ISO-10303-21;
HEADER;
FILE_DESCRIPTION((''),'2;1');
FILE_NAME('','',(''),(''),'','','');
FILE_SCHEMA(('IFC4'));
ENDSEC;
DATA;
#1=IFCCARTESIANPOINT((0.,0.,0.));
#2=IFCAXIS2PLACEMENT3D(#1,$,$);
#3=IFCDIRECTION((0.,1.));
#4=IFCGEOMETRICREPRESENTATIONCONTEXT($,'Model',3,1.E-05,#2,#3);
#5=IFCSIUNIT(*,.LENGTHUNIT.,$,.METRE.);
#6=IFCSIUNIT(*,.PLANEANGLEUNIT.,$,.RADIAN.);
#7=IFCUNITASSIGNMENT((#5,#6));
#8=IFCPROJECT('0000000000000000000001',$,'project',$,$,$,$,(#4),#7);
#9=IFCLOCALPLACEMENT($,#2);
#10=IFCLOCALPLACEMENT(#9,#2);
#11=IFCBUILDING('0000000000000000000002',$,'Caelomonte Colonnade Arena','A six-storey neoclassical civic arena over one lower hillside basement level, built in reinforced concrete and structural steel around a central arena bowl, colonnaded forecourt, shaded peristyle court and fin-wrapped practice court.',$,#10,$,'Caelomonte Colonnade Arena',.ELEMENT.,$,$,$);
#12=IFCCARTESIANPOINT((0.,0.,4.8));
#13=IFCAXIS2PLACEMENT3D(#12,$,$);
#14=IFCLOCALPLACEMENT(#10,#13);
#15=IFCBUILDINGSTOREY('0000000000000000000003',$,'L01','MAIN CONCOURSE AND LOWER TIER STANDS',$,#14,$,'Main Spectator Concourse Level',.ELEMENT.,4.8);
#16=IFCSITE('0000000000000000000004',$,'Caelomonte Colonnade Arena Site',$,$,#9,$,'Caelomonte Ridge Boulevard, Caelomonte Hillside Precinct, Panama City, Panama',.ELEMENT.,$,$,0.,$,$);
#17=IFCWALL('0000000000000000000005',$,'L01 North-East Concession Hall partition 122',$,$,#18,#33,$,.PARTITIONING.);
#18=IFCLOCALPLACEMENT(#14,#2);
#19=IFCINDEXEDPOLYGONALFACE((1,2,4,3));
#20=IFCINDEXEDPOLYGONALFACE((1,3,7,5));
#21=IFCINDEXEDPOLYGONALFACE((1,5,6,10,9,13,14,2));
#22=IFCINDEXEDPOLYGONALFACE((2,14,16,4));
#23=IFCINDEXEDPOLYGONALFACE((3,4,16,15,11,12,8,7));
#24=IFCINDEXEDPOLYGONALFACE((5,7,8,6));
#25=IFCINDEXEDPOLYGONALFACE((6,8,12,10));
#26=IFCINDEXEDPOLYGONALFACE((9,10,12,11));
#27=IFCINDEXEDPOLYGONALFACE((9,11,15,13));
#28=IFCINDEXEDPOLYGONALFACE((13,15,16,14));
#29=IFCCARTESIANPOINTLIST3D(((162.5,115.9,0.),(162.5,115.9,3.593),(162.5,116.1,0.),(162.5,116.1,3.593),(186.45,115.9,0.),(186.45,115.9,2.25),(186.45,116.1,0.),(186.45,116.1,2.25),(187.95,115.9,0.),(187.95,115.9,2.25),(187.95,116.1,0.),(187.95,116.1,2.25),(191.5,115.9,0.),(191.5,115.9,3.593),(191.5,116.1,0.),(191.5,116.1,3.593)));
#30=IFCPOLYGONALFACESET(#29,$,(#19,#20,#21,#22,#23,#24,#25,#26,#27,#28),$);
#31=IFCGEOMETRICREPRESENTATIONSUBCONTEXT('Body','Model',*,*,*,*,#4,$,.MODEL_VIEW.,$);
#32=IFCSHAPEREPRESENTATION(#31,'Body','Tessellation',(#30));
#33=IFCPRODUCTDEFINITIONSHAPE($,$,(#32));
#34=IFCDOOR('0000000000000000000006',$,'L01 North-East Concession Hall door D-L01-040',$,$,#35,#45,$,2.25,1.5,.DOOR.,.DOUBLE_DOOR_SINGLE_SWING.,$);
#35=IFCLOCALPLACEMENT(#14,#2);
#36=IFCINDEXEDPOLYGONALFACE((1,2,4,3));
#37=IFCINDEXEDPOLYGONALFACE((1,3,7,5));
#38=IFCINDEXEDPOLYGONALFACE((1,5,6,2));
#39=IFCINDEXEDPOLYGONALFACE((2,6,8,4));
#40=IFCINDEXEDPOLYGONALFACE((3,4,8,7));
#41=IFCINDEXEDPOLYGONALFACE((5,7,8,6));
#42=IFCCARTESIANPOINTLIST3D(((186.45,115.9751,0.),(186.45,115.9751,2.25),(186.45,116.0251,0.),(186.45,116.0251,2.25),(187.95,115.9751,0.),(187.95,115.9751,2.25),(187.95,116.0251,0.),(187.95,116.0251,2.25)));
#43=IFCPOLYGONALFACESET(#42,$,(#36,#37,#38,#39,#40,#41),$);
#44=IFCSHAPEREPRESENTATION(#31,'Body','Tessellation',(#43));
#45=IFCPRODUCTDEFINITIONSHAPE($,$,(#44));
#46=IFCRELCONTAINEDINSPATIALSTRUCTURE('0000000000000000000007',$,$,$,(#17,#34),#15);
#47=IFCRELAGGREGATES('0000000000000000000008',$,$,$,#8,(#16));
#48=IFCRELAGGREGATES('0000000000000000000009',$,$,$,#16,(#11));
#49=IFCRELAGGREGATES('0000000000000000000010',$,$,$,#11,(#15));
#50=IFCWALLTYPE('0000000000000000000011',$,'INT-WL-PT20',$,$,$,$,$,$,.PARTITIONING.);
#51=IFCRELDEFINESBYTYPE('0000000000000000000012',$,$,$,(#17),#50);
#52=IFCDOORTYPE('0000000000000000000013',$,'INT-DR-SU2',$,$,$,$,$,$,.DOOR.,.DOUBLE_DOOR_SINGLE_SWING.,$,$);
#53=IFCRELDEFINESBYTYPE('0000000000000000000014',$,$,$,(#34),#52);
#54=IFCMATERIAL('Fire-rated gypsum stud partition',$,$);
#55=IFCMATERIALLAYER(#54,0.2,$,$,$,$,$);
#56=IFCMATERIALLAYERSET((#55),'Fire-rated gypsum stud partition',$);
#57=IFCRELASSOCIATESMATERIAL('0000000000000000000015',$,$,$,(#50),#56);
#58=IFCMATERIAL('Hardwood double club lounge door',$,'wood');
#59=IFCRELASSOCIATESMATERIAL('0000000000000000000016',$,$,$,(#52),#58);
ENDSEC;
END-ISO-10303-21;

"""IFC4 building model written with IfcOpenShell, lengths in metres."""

from ifc_helpers import new_model, si_unit, direction, frame, frame_2d, origin, place, context, subcontext, project, spatial, rectangle, extrude, material, layer, layer_set, type_object, element, fill, save


model = new_model("IFC4")

# Units and contexts
model_context = context("Model", 3, precision=1e-05, world=origin(), true_north=direction((0.0, 1.0)))
body_context = subcontext(model_context, "Body", "Model", "MODEL_VIEW")
ifc_project = project(units=[si_unit("LENGTHUNIT", "METRE"), si_unit("PLANEANGLEUNIT", "RADIAN")], contexts=[model_context])

# Site, building, storey
site_placement = place(None, origin())
site = spatial("IfcSite", under=ifc_project, at=site_placement, Name="Caelomonte Colonnade Arena Site", LongName="Caelomonte Ridge Boulevard, Caelomonte Hillside Precinct, Panama City, Panama", CompositionType="ELEMENT", RefElevation=0.0)
building_placement = place(site_placement, origin())
building = spatial("IfcBuilding", under=site, at=building_placement, Name="Caelomonte Colonnade Arena", Description="A six-storey neoclassical civic arena over one lower hillside basement level, built in reinforced concrete and structural steel around a central arena bowl, colonnaded forecourt, shaded peristyle court and fin-wrapped practice court.", LongName="Caelomonte Colonnade Arena", CompositionType="ELEMENT")
storey_placement = place(building_placement, frame((0.0, 0.0, 4.8)))
storey = spatial("IfcBuildingStorey", under=building, at=storey_placement, Name="L01", Description="MAIN CONCOURSE AND LOWER TIER STANDS", LongName="Main Spectator Concourse Level", CompositionType="ELEMENT", Elevation=4.8)

# Wall, opening, door
ifc_material_1 = material(Name="Fire-rated gypsum stud partition")
ifc_layer_1 = layer(ifc_material_1, 0.2)
ifc_layer_set_1 = layer_set([ifc_layer_1], Name="Fire-rated gypsum stud partition")
wall_type_1 = type_object("IfcWallType", Name="INT-WL-PT20", PredefinedType="PARTITIONING", material=ifc_layer_set_1)
wall_1_placement = place(storey_placement, frame((191.5, 116.0, 0.0), z_axis=(0.0, 0.0, 1.0), x_axis=(-1.0, 0.0, 0.0)))
wall_1 = element("IfcWall", 1, at=wall_1_placement, inside=storey, type_object=wall_type_1, Name="L01 North-East Concession Hall partition 122", PredefinedType="PARTITIONING", context=body_context, shape_type="SweptSolid", body=[
    extrude(rectangle(XDim=29.0, YDim=0.2, at=frame_2d((14.5, 0.0))), origin(), (0.0, 0.0, 1.0), 3.593),
])
opening_1_placement = place(wall_1_placement, frame((3.55, 0.0, 0.0), z_axis=(0.0, 0.0, 1.0), x_axis=(1.0, 0.0, 0.0)))
opening_1 = element("IfcOpeningElement", 2, at=opening_1_placement, cuts=wall_1, PredefinedType="OPENING", context=body_context, shape_type="SweptSolid", body=[
    extrude(rectangle(XDim=1.5, YDim=2.25, at=frame_2d((0.75, 1.125))), frame((0.0, 0.1099, 0.0), z_axis=(0.0, -1.0, 0.0), x_axis=(1.0, 0.0, 0.0)), (0.0, 0.0, 1.0), 0.22),
])
ifc_material_2 = material(Name="Hardwood double club lounge door", Category="wood")
door_type_1 = type_object("IfcDoorType", Name="INT-DR-SU2", OperationType="DOUBLE_DOOR_SINGLE_SWING", PredefinedType="DOOR", material=ifc_material_2)
door_1_placement = place(opening_1_placement, origin())
door_1 = element("IfcDoor", 3, at=door_1_placement, inside=storey, type_object=door_type_1, Name="L01 North-East Concession Hall door D-L01-040", OperationType="DOUBLE_DOOR_SINGLE_SWING", OverallHeight=2.25, OverallWidth=1.5, PredefinedType="DOOR", context=body_context, shape_type="SweptSolid", body=[
    extrude(rectangle(XDim=1.5, YDim=2.25, at=frame_2d((0.75, 1.125))), frame((0.0, 0.0249, 0.0), z_axis=(0.0, -1.0, 0.0), x_axis=(1.0, 0.0, 0.0)), (0.0, 0.0, 1.0), 0.05),
])
fill(opening_1, door_1)

save(model, "model.ifc")
